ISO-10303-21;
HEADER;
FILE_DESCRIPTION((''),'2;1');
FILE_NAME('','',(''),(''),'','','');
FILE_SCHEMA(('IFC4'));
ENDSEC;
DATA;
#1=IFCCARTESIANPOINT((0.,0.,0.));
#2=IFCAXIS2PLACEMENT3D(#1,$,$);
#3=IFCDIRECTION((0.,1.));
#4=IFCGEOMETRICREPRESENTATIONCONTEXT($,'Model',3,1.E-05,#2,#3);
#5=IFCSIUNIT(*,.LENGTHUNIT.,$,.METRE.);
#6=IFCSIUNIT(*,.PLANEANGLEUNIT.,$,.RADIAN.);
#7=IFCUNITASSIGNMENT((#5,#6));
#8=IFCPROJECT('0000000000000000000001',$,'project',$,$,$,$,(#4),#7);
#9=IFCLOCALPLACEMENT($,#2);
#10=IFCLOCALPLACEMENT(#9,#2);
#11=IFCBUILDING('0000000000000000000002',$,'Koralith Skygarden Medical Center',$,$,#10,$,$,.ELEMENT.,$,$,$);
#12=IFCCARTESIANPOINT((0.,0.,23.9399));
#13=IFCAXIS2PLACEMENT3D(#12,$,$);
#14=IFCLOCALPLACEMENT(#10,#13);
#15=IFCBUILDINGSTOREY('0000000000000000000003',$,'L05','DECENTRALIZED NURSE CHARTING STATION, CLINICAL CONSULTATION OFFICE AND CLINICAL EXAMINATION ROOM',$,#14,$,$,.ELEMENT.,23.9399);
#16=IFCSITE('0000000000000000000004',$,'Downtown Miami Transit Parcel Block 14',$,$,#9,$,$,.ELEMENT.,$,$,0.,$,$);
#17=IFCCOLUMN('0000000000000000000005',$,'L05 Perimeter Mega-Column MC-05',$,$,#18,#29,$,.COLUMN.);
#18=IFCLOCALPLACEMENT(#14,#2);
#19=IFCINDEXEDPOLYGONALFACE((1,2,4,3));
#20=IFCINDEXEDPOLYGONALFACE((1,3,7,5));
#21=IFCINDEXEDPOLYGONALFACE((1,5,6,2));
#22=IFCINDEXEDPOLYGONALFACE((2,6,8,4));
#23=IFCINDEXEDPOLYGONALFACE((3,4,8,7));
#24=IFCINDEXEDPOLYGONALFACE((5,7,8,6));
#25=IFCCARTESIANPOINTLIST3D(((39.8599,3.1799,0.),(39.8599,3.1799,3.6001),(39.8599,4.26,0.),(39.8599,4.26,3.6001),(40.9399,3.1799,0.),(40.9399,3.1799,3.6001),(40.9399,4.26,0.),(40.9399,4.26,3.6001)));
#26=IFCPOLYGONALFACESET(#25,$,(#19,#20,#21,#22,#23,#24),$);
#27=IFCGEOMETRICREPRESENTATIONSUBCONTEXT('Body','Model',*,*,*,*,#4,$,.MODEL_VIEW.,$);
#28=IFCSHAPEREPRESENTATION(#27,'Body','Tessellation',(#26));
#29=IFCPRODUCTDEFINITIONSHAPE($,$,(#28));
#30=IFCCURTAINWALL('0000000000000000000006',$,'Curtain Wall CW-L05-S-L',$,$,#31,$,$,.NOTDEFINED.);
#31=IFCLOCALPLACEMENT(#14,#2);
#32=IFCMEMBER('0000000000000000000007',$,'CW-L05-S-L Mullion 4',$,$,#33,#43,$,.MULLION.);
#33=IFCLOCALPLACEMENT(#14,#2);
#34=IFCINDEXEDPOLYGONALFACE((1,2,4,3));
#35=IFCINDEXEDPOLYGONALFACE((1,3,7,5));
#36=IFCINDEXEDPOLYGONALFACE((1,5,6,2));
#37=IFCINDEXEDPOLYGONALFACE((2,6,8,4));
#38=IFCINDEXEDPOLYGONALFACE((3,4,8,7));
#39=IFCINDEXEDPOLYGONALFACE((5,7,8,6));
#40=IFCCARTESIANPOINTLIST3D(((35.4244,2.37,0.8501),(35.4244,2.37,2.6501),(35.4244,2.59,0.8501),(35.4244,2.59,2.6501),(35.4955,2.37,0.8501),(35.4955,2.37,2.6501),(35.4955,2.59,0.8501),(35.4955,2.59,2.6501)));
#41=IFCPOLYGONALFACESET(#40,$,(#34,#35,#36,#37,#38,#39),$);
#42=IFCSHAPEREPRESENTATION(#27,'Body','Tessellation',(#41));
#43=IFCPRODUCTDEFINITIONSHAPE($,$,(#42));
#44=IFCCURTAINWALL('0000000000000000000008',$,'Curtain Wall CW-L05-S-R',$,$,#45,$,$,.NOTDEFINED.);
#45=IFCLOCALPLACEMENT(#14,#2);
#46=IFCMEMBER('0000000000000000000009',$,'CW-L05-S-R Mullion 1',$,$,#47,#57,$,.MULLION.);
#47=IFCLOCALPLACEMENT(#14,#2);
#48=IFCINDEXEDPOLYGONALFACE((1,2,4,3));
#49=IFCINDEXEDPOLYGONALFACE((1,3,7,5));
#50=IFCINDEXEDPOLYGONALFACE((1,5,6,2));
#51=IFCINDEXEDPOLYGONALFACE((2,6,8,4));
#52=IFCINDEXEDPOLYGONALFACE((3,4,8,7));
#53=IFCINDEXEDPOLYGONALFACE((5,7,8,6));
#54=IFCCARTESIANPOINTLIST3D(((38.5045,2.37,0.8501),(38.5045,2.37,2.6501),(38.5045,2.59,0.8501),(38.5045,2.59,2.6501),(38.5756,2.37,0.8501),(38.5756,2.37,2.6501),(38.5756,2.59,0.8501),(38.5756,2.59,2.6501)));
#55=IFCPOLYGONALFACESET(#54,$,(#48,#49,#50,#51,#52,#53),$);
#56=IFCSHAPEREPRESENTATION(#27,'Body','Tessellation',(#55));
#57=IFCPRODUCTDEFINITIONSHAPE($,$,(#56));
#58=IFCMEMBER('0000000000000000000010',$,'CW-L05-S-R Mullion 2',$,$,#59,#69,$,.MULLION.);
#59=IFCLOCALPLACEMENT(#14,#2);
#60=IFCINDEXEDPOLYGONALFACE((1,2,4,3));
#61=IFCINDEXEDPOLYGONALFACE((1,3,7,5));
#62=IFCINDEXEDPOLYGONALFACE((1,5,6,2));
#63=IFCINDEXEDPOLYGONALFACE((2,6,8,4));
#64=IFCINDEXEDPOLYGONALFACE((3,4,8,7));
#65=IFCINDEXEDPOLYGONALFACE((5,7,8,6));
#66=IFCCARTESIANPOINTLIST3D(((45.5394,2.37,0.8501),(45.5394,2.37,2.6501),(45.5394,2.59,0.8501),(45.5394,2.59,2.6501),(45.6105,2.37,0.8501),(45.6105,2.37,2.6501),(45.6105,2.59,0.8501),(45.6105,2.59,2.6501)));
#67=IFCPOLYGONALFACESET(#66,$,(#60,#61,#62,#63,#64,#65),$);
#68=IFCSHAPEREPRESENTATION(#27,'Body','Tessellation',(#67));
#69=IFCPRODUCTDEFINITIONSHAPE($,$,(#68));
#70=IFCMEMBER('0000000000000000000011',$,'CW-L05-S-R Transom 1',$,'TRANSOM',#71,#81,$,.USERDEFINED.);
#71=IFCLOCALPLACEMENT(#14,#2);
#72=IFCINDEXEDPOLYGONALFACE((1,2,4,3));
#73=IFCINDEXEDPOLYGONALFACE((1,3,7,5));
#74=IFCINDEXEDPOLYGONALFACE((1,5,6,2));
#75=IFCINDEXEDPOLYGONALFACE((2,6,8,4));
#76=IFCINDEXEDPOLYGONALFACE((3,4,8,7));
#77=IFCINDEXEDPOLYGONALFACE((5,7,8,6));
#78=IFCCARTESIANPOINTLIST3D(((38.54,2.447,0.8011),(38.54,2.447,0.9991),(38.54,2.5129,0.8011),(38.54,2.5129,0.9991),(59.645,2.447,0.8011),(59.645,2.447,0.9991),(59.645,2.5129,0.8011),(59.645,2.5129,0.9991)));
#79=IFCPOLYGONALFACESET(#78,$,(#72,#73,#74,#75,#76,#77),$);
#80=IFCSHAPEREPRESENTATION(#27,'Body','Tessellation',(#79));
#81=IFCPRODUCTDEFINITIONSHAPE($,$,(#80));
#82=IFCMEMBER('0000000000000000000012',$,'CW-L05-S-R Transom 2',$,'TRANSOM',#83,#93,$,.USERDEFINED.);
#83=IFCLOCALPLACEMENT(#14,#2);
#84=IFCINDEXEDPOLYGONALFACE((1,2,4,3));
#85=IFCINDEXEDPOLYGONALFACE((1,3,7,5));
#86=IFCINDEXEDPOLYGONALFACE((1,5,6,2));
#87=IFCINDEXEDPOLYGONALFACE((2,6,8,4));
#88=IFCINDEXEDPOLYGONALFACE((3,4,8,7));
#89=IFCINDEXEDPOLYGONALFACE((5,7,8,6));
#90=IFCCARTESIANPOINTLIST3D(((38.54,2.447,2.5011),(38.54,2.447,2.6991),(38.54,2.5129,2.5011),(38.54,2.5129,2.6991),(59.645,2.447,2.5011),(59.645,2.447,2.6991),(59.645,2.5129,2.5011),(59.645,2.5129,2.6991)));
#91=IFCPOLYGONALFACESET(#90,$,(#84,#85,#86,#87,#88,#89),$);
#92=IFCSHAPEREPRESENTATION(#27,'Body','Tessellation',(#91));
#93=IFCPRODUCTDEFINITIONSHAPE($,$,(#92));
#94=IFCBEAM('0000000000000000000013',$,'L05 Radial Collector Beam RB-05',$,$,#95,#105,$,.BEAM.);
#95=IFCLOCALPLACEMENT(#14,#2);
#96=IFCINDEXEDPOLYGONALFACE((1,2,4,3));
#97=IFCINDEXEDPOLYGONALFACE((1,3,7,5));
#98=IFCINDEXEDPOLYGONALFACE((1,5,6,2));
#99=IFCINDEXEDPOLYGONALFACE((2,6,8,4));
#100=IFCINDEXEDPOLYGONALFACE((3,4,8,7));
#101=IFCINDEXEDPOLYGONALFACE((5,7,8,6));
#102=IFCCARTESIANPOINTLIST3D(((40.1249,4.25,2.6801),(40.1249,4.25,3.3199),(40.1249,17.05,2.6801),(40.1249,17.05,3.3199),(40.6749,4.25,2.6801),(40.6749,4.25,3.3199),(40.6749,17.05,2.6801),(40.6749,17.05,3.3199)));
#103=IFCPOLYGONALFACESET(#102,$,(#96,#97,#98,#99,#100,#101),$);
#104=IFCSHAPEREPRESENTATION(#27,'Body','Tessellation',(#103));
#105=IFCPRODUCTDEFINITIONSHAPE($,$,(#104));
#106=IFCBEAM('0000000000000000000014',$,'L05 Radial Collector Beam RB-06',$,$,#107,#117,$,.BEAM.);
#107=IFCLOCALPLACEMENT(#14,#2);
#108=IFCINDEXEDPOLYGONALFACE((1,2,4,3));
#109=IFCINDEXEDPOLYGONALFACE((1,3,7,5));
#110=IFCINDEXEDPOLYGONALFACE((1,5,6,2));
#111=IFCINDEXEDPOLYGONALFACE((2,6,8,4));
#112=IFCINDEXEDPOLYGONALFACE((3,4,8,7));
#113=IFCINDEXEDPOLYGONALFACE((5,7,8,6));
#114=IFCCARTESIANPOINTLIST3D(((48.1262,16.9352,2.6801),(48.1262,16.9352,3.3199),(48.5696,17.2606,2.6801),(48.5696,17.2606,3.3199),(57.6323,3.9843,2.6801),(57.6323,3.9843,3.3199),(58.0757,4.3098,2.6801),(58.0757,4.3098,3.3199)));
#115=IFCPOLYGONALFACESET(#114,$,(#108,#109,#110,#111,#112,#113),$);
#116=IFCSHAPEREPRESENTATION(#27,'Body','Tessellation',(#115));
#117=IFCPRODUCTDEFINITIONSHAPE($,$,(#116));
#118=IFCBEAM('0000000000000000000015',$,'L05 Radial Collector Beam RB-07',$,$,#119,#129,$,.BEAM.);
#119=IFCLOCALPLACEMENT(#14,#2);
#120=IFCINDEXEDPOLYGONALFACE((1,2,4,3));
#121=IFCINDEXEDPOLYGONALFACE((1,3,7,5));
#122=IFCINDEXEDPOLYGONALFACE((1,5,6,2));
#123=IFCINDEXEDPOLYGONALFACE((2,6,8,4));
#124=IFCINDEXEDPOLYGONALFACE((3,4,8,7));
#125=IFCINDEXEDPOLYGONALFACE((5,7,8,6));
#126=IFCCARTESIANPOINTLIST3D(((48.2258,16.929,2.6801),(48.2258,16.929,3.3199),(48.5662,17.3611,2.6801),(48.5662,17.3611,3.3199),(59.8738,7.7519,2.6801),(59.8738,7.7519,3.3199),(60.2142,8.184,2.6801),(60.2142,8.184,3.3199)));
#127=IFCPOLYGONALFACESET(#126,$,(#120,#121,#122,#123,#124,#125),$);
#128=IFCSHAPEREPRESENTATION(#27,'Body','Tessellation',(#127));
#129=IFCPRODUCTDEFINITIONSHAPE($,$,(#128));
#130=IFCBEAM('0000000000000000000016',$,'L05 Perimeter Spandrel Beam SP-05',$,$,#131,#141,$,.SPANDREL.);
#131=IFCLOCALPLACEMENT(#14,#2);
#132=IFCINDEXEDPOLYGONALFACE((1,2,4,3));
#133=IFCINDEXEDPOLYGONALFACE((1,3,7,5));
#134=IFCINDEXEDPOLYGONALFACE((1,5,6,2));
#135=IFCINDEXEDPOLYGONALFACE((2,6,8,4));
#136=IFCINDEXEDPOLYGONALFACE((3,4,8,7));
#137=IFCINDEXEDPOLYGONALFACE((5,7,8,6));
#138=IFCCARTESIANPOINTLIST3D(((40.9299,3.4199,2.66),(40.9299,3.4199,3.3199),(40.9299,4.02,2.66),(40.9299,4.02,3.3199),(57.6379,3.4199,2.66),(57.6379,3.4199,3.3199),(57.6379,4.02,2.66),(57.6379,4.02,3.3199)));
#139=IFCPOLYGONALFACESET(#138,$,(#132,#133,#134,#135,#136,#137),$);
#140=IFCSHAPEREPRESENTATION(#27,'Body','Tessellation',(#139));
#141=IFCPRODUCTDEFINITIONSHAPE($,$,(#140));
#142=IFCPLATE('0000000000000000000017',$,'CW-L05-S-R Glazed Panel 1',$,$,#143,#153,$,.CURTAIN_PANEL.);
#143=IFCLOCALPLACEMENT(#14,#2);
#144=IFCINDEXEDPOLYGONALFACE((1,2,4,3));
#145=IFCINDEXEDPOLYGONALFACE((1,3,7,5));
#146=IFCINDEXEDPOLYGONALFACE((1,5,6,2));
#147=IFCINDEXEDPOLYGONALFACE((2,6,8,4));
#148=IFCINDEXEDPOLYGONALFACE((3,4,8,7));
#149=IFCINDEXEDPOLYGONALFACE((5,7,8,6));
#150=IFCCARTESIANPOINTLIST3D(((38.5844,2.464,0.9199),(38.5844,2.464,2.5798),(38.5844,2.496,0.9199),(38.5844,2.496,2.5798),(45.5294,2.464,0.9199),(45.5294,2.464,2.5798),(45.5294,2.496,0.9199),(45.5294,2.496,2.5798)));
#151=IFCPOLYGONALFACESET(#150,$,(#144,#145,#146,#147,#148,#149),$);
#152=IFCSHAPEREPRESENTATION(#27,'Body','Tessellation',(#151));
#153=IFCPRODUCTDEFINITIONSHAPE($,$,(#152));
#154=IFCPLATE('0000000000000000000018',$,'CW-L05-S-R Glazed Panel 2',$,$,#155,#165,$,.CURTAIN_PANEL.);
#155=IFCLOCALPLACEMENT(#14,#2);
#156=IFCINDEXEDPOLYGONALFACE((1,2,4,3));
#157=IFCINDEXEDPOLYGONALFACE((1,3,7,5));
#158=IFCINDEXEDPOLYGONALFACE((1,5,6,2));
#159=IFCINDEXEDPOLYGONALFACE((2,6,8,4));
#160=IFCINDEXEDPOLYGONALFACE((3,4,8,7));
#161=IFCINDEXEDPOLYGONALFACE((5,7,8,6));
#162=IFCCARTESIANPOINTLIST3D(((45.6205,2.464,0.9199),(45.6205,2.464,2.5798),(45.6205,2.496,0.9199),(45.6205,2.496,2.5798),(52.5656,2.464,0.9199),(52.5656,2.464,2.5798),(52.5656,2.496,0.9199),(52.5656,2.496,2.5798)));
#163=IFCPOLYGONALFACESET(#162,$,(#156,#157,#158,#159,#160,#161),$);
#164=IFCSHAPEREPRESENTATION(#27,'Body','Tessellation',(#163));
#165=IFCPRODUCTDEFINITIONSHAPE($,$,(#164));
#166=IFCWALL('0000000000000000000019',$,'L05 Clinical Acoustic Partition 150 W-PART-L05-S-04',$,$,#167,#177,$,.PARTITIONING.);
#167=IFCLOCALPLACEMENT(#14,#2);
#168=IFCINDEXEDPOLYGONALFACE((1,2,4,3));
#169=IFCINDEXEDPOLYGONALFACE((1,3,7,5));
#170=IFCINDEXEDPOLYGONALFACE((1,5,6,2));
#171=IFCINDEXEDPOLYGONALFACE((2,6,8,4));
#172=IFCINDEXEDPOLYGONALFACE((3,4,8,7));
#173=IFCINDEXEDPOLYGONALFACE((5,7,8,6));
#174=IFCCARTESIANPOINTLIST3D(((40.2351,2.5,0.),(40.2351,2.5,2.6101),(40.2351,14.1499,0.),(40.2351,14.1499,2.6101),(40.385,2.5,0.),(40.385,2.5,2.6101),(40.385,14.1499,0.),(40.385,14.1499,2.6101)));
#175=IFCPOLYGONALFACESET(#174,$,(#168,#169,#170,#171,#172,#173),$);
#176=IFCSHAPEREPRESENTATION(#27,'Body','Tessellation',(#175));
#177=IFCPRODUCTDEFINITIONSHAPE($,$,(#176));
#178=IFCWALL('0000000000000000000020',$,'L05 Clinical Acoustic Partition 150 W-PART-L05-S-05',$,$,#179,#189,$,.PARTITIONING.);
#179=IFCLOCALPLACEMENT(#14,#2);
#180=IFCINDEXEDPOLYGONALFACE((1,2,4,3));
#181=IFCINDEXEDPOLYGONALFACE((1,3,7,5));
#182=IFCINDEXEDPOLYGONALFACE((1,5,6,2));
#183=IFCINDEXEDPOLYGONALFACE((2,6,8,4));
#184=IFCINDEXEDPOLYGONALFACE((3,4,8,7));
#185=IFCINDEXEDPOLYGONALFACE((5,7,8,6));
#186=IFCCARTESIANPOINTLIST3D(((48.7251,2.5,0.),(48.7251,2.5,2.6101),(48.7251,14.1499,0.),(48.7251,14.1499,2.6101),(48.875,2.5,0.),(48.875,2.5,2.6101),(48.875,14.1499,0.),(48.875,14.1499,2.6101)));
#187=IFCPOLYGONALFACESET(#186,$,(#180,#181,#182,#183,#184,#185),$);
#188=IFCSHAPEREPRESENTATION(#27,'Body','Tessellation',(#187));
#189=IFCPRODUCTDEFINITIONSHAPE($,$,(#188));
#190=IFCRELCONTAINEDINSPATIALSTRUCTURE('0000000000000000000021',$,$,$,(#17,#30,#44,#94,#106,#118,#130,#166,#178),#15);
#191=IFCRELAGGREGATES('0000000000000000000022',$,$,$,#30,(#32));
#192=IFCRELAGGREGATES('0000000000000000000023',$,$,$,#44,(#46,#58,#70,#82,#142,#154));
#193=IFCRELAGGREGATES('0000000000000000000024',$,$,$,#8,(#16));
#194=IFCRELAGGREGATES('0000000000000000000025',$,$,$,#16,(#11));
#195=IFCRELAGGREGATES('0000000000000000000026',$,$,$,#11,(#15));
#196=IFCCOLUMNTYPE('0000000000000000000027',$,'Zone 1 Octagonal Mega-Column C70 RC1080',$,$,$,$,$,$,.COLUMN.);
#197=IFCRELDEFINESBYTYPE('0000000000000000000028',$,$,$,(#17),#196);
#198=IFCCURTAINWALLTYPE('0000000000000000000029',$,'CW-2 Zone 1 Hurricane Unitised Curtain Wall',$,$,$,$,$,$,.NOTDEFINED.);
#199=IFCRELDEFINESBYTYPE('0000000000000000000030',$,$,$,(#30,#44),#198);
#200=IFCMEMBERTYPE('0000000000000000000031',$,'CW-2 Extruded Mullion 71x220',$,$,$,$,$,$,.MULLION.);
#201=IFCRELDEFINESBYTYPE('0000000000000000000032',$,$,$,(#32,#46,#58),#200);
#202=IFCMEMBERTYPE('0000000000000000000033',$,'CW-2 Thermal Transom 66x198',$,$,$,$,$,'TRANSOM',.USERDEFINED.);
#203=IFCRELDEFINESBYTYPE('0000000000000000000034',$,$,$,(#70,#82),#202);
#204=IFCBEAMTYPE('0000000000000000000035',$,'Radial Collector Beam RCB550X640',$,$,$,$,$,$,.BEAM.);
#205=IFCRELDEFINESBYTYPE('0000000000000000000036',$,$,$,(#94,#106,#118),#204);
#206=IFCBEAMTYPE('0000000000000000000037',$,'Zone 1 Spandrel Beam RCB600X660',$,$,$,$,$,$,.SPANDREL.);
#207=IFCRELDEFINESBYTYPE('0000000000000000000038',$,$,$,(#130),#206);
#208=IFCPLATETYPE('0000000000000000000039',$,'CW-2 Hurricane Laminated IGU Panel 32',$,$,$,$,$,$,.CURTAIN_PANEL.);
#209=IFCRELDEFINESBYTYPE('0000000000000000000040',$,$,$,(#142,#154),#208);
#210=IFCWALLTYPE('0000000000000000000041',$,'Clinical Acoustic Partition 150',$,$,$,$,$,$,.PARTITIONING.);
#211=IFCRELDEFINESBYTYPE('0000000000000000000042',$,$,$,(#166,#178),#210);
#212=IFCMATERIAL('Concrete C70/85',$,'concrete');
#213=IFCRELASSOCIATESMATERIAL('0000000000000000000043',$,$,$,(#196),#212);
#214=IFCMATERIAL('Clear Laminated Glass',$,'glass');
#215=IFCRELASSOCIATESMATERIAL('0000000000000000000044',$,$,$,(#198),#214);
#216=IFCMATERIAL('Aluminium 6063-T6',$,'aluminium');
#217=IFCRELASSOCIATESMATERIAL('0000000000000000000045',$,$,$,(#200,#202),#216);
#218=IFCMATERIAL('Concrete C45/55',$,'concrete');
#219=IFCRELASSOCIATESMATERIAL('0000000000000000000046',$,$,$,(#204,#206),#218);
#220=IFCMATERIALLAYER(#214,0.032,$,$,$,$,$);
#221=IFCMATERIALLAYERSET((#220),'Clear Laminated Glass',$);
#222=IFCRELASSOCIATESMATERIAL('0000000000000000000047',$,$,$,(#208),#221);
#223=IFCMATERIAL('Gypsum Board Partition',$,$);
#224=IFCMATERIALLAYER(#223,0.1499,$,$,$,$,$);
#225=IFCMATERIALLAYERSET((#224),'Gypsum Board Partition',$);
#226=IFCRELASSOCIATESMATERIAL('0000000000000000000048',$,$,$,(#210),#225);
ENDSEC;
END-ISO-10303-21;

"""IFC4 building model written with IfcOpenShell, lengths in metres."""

from ifc_helpers import new_model, si_unit, direction, frame, frame_2d, origin, origin_2d, place, context, subcontext, project, spatial, rectangle, extrude, material, layer, layer_set, material_profile, profile_set, type_object, element, aggregate, save


model = new_model("IFC4")

# Units and contexts
model_context = context("Model", 3, precision=1e-05, world=origin(), true_north=direction((0.0, 1.0)))
body_context = subcontext(model_context, "Body", "Model", "MODEL_VIEW")
ifc_project = project(units=[si_unit("LENGTHUNIT", "METRE"), si_unit("PLANEANGLEUNIT", "RADIAN")], contexts=[model_context])

# Site, building, storey
site_placement = place(None, origin())
site = spatial("IfcSite", under=ifc_project, at=site_placement, Name="Downtown Miami Transit Parcel Block 14", CompositionType="ELEMENT", RefElevation=0.0)
building_placement = place(site_placement, origin())
building = spatial("IfcBuilding", under=site, at=building_placement, Name="Koralith Skygarden Medical Center", CompositionType="ELEMENT")
storey_placement = place(building_placement, frame((0.0, 0.0, 23.9399)))
storey = spatial("IfcBuildingStorey", under=building, at=storey_placement, Name="L05", Description="DECENTRALIZED NURSE CHARTING STATION, CLINICAL CONSULTATION OFFICE AND CLINICAL EXAMINATION ROOM", CompositionType="ELEMENT", Elevation=23.9399)

# Column
ifc_material_1 = material(Name="Concrete C70/85", Category="concrete")
ifc_material_profile_1 = material_profile(ifc_material_1, rectangle(XDim=1.0801, YDim=1.0801, at=origin_2d()), Name="RC1080X1080")
ifc_profile_set_1 = profile_set([ifc_material_profile_1], Name="Concrete C70/85")
column_type = type_object("IfcColumnType", Name="Zone 1 Octagonal Mega-Column C70 RC1080", PredefinedType="COLUMN", material=ifc_profile_set_1)
column_placement = place(storey_placement, frame((40.3999, 3.72, 0.0), z_axis=(0.0, 0.0, 1.0), x_axis=(1.0, 0.0, 0.0)))
element("IfcColumn", 1, at=column_placement, inside=storey, type_object=column_type, Name="L05 Perimeter Mega-Column MC-05", PredefinedType="COLUMN", context=body_context, shape_type="SweptSolid", body=[
    extrude(rectangle(XDim=1.0801, YDim=1.0801, at=origin_2d()), origin(), (0.0, 0.0, 1.0), 3.6001),
])

# Curtain wall, member
ifc_material_2 = material(Name="Clear Laminated Glass", Category="glass")
curtain_wall_type = type_object("IfcCurtainWallType", Name="CW-2 Zone 1 Hurricane Unitised Curtain Wall", PredefinedType="NOTDEFINED", material=ifc_material_2)
curtain_wall_1_placement = place(storey_placement, origin())
curtain_wall_1 = element("IfcCurtainWall", 2, at=curtain_wall_1_placement, inside=storey, type_object=curtain_wall_type, Name="Curtain Wall CW-L05-S-L", PredefinedType="NOTDEFINED")
ifc_material_3 = material(Name="Aluminium 6063-T6", Category="aluminium")
ifc_material_profile_2 = material_profile(ifc_material_3, rectangle(XDim=0.071, YDim=0.22, at=origin_2d()), Name="MUL71X220")
ifc_profile_set_2 = profile_set([ifc_material_profile_2], Name="Aluminium 6063-T6")
member_type_1 = type_object("IfcMemberType", Name="CW-2 Extruded Mullion 71x220", PredefinedType="MULLION", material=ifc_profile_set_2)
member_1_placement = place(storey_placement, frame((35.46, 2.48, 0.8501), z_axis=(0.0, 0.0, 1.0), x_axis=(1.0, 0.0, 0.0)))
member_1 = element("IfcMember", 3, at=member_1_placement, type_object=member_type_1, Name="CW-L05-S-L Mullion 4", PredefinedType="MULLION", context=body_context, shape_type="SweptSolid", body=[
    extrude(rectangle(XDim=0.071, YDim=0.22, at=origin_2d()), origin(), (0.0, 0.0, 1.0), 1.8),
])
aggregate(curtain_wall_1, [member_1])

# Curtain wall, members
curtain_wall_2_placement = place(storey_placement, origin())
curtain_wall_2 = element("IfcCurtainWall", 4, at=curtain_wall_2_placement, inside=storey, type_object=curtain_wall_type, Name="Curtain Wall CW-L05-S-R", PredefinedType="NOTDEFINED")
member_2_placement = place(storey_placement, frame((38.54, 2.48, 0.8501), z_axis=(0.0, 0.0, 1.0), x_axis=(1.0, 0.0, 0.0)))
member_2 = element("IfcMember", 5, at=member_2_placement, type_object=member_type_1, Name="CW-L05-S-R Mullion 1", PredefinedType="MULLION", context=body_context, shape_type="SweptSolid", body=[
    extrude(rectangle(XDim=0.071, YDim=0.22, at=origin_2d()), origin(), (0.0, 0.0, 1.0), 1.8),
])
member_3_placement = place(storey_placement, frame((45.575, 2.48, 0.8501), z_axis=(0.0, 0.0, 1.0), x_axis=(1.0, 0.0, 0.0)))
member_3 = element("IfcMember", 6, at=member_3_placement, type_object=member_type_1, Name="CW-L05-S-R Mullion 2", PredefinedType="MULLION", context=body_context, shape_type="SweptSolid", body=[
    extrude(rectangle(XDim=0.071, YDim=0.22, at=origin_2d()), origin(), (0.0, 0.0, 1.0), 1.8),
])
ifc_material_profile_3 = material_profile(ifc_material_3, rectangle(XDim=0.0659, YDim=0.198, at=origin_2d()), Name="TRN66X198")
ifc_profile_set_3 = profile_set([ifc_material_profile_3], Name="Aluminium 6063-T6")
member_type_2 = type_object("IfcMemberType", Name="CW-2 Thermal Transom 66x198", ElementType="TRANSOM", PredefinedType="USERDEFINED", material=ifc_profile_set_3)
member_4_placement = place(storey_placement, frame((38.54, 2.48, 0.9001), z_axis=(1.0, 0.0, 0.0), x_axis=(0.0, 1.0, 0.0)))
member_4 = element("IfcMember", 7, at=member_4_placement, type_object=member_type_2, Name="CW-L05-S-R Transom 1", ObjectType="TRANSOM", PredefinedType="USERDEFINED", context=body_context, shape_type="SweptSolid", body=[
    extrude(rectangle(XDim=0.0659, YDim=0.198, at=origin_2d()), origin(), (0.0, 0.0, 1.0), 21.105),
])
member_5_placement = place(storey_placement, frame((38.54, 2.48, 2.6001), z_axis=(1.0, 0.0, 0.0), x_axis=(0.0, 1.0, 0.0)))
member_5 = element("IfcMember", 8, at=member_5_placement, type_object=member_type_2, Name="CW-L05-S-R Transom 2", ObjectType="TRANSOM", PredefinedType="USERDEFINED", context=body_context, shape_type="SweptSolid", body=[
    extrude(rectangle(XDim=0.0659, YDim=0.198, at=origin_2d()), origin(), (0.0, 0.0, 1.0), 21.105),
])

# Beams
ifc_material_4 = material(Name="Concrete C45/55", Category="concrete")
ifc_material_profile_4 = material_profile(ifc_material_4, rectangle(XDim=0.55, YDim=0.6399, at=origin_2d()), Name="RCB550X640")
ifc_profile_set_4 = profile_set([ifc_material_profile_4], Name="Concrete C45/55")
beam_type_1 = type_object("IfcBeamType", Name="Radial Collector Beam RCB550X640", PredefinedType="BEAM", material=ifc_profile_set_4)
beam_1_placement = place(storey_placement, frame((40.3999, 17.05, 3.0), z_axis=(0.0, -1.0, 0.0), x_axis=(1.0, 0.0, 0.0)))
element("IfcBeam", 9, at=beam_1_placement, inside=storey, type_object=beam_type_1, Name="L05 Radial Collector Beam RB-05", PredefinedType="BEAM", context=body_context, shape_type="SweptSolid", body=[
    extrude(rectangle(XDim=0.55, YDim=0.6399, at=origin_2d()), origin(), (0.0, 0.0, 1.0), 12.8),
])
beam_2_placement = place(storey_placement, frame((48.3479, 17.0979, 3.0), z_axis=(0.591718, -0.806145, 0.0), x_axis=(0.806145, 0.591718, 0.0)))
element("IfcBeam", 10, at=beam_2_placement, inside=storey, type_object=beam_type_1, Name="L05 Radial Collector Beam RB-06", PredefinedType="BEAM", context=body_context, shape_type="SweptSolid", body=[
    extrude(rectangle(XDim=0.55, YDim=0.6399, at=origin_2d()), origin(), (0.0, 0.0, 1.0), 16.0652),
])
beam_3_placement = place(storey_placement, frame((48.396, 17.145, 3.0), z_axis=(0.785497, -0.618865, 0.0), x_axis=(0.618865, 0.785497, 0.0)))
element("IfcBeam", 11, at=beam_3_placement, inside=storey, type_object=beam_type_1, Name="L05 Radial Collector Beam RB-07", PredefinedType="BEAM", context=body_context, shape_type="SweptSolid", body=[
    extrude(rectangle(XDim=0.55, YDim=0.6399, at=origin_2d()), origin(), (0.0, 0.0, 1.0), 14.8289),
])
ifc_material_profile_5 = material_profile(ifc_material_4, rectangle(XDim=0.6001, YDim=0.6599, at=origin_2d()), Name="RCB600X660")
ifc_profile_set_5 = profile_set([ifc_material_profile_5], Name="Concrete C45/55")
beam_type_2 = type_object("IfcBeamType", Name="Zone 1 Spandrel Beam RCB600X660", PredefinedType="SPANDREL", material=ifc_profile_set_5)
beam_4_placement = place(storey_placement, frame((40.9299, 3.72, 2.99), z_axis=(1.0, 0.0, 0.0), x_axis=(0.0, 1.0, 0.0)))
element("IfcBeam", 12, at=beam_4_placement, inside=storey, type_object=beam_type_2, Name="L05 Perimeter Spandrel Beam SP-05", PredefinedType="SPANDREL", context=body_context, shape_type="SweptSolid", body=[
    extrude(rectangle(XDim=0.6001, YDim=0.6599, at=origin_2d()), origin(), (0.0, 0.0, 1.0), 16.708),
])

# Plates
ifc_layer_1 = layer(ifc_material_2, 0.032)
ifc_layer_set_1 = layer_set([ifc_layer_1], Name="Clear Laminated Glass")
plate_type = type_object("IfcPlateType", Name="CW-2 Hurricane Laminated IGU Panel 32", PredefinedType="CURTAIN_PANEL", material=ifc_layer_set_1)
plate_1_placement = place(storey_placement, frame((42.0569, 2.48, 0.9199), z_axis=(0.0, 0.0, 1.0), x_axis=(1.0, 0.0, 0.0)))
plate_1 = element("IfcPlate", 13, at=plate_1_placement, type_object=plate_type, Name="CW-L05-S-R Glazed Panel 1", PredefinedType="CURTAIN_PANEL", context=body_context, shape_type="SweptSolid", body=[
    extrude(rectangle(XDim=6.9451, YDim=0.032, at=origin_2d()), origin(), (0.0, 0.0, 1.0), 1.6599),
])
plate_2_placement = place(storey_placement, frame((49.093, 2.48, 0.9199), z_axis=(0.0, 0.0, 1.0), x_axis=(1.0, 0.0, 0.0)))
plate_2 = element("IfcPlate", 14, at=plate_2_placement, type_object=plate_type, Name="CW-L05-S-R Glazed Panel 2", PredefinedType="CURTAIN_PANEL", context=body_context, shape_type="SweptSolid", body=[
    extrude(rectangle(XDim=6.9451, YDim=0.032, at=origin_2d()), origin(), (0.0, 0.0, 1.0), 1.6599),
])
aggregate(curtain_wall_2, [member_2, member_3, member_4, member_5, plate_1, plate_2])

# Walls
ifc_material_5 = material(Name="Gypsum Board Partition")
ifc_layer_2 = layer(ifc_material_5, 0.1499)
ifc_layer_set_2 = layer_set([ifc_layer_2], Name="Gypsum Board Partition")
wall_type_1 = type_object("IfcWallType", Name="Clinical Acoustic Partition 150", PredefinedType="PARTITIONING", material=ifc_layer_set_2)
for number, where, z_axis, x_axis, name in (
    (15, (40.3101, 14.1499, 0.0), (0.0, 0.0, 1.0), (0.0, -1.0, 0.0), "L05 Clinical Acoustic Partition 150 W-PART-L05-S-04"),
    (16, (48.8, 14.1499, 0.0), (0.0, 0.0, 1.0), (0.0, -1.0, 0.0), "L05 Clinical Acoustic Partition 150 W-PART-L05-S-05"),
):
    element("IfcWall", number, at=place(storey_placement, frame(where, z_axis=z_axis, x_axis=x_axis)), inside=storey, type_object=wall_type_1, Name=name, PredefinedType="PARTITIONING", context=body_context, shape_type="SweptSolid", body=[
        extrude(rectangle(XDim=11.6499, YDim=0.1499, at=frame_2d((5.825, 0.0))), origin(), (0.0, 0.0, 1.0), 2.6101),
    ])

save(model, "model.ifc")
